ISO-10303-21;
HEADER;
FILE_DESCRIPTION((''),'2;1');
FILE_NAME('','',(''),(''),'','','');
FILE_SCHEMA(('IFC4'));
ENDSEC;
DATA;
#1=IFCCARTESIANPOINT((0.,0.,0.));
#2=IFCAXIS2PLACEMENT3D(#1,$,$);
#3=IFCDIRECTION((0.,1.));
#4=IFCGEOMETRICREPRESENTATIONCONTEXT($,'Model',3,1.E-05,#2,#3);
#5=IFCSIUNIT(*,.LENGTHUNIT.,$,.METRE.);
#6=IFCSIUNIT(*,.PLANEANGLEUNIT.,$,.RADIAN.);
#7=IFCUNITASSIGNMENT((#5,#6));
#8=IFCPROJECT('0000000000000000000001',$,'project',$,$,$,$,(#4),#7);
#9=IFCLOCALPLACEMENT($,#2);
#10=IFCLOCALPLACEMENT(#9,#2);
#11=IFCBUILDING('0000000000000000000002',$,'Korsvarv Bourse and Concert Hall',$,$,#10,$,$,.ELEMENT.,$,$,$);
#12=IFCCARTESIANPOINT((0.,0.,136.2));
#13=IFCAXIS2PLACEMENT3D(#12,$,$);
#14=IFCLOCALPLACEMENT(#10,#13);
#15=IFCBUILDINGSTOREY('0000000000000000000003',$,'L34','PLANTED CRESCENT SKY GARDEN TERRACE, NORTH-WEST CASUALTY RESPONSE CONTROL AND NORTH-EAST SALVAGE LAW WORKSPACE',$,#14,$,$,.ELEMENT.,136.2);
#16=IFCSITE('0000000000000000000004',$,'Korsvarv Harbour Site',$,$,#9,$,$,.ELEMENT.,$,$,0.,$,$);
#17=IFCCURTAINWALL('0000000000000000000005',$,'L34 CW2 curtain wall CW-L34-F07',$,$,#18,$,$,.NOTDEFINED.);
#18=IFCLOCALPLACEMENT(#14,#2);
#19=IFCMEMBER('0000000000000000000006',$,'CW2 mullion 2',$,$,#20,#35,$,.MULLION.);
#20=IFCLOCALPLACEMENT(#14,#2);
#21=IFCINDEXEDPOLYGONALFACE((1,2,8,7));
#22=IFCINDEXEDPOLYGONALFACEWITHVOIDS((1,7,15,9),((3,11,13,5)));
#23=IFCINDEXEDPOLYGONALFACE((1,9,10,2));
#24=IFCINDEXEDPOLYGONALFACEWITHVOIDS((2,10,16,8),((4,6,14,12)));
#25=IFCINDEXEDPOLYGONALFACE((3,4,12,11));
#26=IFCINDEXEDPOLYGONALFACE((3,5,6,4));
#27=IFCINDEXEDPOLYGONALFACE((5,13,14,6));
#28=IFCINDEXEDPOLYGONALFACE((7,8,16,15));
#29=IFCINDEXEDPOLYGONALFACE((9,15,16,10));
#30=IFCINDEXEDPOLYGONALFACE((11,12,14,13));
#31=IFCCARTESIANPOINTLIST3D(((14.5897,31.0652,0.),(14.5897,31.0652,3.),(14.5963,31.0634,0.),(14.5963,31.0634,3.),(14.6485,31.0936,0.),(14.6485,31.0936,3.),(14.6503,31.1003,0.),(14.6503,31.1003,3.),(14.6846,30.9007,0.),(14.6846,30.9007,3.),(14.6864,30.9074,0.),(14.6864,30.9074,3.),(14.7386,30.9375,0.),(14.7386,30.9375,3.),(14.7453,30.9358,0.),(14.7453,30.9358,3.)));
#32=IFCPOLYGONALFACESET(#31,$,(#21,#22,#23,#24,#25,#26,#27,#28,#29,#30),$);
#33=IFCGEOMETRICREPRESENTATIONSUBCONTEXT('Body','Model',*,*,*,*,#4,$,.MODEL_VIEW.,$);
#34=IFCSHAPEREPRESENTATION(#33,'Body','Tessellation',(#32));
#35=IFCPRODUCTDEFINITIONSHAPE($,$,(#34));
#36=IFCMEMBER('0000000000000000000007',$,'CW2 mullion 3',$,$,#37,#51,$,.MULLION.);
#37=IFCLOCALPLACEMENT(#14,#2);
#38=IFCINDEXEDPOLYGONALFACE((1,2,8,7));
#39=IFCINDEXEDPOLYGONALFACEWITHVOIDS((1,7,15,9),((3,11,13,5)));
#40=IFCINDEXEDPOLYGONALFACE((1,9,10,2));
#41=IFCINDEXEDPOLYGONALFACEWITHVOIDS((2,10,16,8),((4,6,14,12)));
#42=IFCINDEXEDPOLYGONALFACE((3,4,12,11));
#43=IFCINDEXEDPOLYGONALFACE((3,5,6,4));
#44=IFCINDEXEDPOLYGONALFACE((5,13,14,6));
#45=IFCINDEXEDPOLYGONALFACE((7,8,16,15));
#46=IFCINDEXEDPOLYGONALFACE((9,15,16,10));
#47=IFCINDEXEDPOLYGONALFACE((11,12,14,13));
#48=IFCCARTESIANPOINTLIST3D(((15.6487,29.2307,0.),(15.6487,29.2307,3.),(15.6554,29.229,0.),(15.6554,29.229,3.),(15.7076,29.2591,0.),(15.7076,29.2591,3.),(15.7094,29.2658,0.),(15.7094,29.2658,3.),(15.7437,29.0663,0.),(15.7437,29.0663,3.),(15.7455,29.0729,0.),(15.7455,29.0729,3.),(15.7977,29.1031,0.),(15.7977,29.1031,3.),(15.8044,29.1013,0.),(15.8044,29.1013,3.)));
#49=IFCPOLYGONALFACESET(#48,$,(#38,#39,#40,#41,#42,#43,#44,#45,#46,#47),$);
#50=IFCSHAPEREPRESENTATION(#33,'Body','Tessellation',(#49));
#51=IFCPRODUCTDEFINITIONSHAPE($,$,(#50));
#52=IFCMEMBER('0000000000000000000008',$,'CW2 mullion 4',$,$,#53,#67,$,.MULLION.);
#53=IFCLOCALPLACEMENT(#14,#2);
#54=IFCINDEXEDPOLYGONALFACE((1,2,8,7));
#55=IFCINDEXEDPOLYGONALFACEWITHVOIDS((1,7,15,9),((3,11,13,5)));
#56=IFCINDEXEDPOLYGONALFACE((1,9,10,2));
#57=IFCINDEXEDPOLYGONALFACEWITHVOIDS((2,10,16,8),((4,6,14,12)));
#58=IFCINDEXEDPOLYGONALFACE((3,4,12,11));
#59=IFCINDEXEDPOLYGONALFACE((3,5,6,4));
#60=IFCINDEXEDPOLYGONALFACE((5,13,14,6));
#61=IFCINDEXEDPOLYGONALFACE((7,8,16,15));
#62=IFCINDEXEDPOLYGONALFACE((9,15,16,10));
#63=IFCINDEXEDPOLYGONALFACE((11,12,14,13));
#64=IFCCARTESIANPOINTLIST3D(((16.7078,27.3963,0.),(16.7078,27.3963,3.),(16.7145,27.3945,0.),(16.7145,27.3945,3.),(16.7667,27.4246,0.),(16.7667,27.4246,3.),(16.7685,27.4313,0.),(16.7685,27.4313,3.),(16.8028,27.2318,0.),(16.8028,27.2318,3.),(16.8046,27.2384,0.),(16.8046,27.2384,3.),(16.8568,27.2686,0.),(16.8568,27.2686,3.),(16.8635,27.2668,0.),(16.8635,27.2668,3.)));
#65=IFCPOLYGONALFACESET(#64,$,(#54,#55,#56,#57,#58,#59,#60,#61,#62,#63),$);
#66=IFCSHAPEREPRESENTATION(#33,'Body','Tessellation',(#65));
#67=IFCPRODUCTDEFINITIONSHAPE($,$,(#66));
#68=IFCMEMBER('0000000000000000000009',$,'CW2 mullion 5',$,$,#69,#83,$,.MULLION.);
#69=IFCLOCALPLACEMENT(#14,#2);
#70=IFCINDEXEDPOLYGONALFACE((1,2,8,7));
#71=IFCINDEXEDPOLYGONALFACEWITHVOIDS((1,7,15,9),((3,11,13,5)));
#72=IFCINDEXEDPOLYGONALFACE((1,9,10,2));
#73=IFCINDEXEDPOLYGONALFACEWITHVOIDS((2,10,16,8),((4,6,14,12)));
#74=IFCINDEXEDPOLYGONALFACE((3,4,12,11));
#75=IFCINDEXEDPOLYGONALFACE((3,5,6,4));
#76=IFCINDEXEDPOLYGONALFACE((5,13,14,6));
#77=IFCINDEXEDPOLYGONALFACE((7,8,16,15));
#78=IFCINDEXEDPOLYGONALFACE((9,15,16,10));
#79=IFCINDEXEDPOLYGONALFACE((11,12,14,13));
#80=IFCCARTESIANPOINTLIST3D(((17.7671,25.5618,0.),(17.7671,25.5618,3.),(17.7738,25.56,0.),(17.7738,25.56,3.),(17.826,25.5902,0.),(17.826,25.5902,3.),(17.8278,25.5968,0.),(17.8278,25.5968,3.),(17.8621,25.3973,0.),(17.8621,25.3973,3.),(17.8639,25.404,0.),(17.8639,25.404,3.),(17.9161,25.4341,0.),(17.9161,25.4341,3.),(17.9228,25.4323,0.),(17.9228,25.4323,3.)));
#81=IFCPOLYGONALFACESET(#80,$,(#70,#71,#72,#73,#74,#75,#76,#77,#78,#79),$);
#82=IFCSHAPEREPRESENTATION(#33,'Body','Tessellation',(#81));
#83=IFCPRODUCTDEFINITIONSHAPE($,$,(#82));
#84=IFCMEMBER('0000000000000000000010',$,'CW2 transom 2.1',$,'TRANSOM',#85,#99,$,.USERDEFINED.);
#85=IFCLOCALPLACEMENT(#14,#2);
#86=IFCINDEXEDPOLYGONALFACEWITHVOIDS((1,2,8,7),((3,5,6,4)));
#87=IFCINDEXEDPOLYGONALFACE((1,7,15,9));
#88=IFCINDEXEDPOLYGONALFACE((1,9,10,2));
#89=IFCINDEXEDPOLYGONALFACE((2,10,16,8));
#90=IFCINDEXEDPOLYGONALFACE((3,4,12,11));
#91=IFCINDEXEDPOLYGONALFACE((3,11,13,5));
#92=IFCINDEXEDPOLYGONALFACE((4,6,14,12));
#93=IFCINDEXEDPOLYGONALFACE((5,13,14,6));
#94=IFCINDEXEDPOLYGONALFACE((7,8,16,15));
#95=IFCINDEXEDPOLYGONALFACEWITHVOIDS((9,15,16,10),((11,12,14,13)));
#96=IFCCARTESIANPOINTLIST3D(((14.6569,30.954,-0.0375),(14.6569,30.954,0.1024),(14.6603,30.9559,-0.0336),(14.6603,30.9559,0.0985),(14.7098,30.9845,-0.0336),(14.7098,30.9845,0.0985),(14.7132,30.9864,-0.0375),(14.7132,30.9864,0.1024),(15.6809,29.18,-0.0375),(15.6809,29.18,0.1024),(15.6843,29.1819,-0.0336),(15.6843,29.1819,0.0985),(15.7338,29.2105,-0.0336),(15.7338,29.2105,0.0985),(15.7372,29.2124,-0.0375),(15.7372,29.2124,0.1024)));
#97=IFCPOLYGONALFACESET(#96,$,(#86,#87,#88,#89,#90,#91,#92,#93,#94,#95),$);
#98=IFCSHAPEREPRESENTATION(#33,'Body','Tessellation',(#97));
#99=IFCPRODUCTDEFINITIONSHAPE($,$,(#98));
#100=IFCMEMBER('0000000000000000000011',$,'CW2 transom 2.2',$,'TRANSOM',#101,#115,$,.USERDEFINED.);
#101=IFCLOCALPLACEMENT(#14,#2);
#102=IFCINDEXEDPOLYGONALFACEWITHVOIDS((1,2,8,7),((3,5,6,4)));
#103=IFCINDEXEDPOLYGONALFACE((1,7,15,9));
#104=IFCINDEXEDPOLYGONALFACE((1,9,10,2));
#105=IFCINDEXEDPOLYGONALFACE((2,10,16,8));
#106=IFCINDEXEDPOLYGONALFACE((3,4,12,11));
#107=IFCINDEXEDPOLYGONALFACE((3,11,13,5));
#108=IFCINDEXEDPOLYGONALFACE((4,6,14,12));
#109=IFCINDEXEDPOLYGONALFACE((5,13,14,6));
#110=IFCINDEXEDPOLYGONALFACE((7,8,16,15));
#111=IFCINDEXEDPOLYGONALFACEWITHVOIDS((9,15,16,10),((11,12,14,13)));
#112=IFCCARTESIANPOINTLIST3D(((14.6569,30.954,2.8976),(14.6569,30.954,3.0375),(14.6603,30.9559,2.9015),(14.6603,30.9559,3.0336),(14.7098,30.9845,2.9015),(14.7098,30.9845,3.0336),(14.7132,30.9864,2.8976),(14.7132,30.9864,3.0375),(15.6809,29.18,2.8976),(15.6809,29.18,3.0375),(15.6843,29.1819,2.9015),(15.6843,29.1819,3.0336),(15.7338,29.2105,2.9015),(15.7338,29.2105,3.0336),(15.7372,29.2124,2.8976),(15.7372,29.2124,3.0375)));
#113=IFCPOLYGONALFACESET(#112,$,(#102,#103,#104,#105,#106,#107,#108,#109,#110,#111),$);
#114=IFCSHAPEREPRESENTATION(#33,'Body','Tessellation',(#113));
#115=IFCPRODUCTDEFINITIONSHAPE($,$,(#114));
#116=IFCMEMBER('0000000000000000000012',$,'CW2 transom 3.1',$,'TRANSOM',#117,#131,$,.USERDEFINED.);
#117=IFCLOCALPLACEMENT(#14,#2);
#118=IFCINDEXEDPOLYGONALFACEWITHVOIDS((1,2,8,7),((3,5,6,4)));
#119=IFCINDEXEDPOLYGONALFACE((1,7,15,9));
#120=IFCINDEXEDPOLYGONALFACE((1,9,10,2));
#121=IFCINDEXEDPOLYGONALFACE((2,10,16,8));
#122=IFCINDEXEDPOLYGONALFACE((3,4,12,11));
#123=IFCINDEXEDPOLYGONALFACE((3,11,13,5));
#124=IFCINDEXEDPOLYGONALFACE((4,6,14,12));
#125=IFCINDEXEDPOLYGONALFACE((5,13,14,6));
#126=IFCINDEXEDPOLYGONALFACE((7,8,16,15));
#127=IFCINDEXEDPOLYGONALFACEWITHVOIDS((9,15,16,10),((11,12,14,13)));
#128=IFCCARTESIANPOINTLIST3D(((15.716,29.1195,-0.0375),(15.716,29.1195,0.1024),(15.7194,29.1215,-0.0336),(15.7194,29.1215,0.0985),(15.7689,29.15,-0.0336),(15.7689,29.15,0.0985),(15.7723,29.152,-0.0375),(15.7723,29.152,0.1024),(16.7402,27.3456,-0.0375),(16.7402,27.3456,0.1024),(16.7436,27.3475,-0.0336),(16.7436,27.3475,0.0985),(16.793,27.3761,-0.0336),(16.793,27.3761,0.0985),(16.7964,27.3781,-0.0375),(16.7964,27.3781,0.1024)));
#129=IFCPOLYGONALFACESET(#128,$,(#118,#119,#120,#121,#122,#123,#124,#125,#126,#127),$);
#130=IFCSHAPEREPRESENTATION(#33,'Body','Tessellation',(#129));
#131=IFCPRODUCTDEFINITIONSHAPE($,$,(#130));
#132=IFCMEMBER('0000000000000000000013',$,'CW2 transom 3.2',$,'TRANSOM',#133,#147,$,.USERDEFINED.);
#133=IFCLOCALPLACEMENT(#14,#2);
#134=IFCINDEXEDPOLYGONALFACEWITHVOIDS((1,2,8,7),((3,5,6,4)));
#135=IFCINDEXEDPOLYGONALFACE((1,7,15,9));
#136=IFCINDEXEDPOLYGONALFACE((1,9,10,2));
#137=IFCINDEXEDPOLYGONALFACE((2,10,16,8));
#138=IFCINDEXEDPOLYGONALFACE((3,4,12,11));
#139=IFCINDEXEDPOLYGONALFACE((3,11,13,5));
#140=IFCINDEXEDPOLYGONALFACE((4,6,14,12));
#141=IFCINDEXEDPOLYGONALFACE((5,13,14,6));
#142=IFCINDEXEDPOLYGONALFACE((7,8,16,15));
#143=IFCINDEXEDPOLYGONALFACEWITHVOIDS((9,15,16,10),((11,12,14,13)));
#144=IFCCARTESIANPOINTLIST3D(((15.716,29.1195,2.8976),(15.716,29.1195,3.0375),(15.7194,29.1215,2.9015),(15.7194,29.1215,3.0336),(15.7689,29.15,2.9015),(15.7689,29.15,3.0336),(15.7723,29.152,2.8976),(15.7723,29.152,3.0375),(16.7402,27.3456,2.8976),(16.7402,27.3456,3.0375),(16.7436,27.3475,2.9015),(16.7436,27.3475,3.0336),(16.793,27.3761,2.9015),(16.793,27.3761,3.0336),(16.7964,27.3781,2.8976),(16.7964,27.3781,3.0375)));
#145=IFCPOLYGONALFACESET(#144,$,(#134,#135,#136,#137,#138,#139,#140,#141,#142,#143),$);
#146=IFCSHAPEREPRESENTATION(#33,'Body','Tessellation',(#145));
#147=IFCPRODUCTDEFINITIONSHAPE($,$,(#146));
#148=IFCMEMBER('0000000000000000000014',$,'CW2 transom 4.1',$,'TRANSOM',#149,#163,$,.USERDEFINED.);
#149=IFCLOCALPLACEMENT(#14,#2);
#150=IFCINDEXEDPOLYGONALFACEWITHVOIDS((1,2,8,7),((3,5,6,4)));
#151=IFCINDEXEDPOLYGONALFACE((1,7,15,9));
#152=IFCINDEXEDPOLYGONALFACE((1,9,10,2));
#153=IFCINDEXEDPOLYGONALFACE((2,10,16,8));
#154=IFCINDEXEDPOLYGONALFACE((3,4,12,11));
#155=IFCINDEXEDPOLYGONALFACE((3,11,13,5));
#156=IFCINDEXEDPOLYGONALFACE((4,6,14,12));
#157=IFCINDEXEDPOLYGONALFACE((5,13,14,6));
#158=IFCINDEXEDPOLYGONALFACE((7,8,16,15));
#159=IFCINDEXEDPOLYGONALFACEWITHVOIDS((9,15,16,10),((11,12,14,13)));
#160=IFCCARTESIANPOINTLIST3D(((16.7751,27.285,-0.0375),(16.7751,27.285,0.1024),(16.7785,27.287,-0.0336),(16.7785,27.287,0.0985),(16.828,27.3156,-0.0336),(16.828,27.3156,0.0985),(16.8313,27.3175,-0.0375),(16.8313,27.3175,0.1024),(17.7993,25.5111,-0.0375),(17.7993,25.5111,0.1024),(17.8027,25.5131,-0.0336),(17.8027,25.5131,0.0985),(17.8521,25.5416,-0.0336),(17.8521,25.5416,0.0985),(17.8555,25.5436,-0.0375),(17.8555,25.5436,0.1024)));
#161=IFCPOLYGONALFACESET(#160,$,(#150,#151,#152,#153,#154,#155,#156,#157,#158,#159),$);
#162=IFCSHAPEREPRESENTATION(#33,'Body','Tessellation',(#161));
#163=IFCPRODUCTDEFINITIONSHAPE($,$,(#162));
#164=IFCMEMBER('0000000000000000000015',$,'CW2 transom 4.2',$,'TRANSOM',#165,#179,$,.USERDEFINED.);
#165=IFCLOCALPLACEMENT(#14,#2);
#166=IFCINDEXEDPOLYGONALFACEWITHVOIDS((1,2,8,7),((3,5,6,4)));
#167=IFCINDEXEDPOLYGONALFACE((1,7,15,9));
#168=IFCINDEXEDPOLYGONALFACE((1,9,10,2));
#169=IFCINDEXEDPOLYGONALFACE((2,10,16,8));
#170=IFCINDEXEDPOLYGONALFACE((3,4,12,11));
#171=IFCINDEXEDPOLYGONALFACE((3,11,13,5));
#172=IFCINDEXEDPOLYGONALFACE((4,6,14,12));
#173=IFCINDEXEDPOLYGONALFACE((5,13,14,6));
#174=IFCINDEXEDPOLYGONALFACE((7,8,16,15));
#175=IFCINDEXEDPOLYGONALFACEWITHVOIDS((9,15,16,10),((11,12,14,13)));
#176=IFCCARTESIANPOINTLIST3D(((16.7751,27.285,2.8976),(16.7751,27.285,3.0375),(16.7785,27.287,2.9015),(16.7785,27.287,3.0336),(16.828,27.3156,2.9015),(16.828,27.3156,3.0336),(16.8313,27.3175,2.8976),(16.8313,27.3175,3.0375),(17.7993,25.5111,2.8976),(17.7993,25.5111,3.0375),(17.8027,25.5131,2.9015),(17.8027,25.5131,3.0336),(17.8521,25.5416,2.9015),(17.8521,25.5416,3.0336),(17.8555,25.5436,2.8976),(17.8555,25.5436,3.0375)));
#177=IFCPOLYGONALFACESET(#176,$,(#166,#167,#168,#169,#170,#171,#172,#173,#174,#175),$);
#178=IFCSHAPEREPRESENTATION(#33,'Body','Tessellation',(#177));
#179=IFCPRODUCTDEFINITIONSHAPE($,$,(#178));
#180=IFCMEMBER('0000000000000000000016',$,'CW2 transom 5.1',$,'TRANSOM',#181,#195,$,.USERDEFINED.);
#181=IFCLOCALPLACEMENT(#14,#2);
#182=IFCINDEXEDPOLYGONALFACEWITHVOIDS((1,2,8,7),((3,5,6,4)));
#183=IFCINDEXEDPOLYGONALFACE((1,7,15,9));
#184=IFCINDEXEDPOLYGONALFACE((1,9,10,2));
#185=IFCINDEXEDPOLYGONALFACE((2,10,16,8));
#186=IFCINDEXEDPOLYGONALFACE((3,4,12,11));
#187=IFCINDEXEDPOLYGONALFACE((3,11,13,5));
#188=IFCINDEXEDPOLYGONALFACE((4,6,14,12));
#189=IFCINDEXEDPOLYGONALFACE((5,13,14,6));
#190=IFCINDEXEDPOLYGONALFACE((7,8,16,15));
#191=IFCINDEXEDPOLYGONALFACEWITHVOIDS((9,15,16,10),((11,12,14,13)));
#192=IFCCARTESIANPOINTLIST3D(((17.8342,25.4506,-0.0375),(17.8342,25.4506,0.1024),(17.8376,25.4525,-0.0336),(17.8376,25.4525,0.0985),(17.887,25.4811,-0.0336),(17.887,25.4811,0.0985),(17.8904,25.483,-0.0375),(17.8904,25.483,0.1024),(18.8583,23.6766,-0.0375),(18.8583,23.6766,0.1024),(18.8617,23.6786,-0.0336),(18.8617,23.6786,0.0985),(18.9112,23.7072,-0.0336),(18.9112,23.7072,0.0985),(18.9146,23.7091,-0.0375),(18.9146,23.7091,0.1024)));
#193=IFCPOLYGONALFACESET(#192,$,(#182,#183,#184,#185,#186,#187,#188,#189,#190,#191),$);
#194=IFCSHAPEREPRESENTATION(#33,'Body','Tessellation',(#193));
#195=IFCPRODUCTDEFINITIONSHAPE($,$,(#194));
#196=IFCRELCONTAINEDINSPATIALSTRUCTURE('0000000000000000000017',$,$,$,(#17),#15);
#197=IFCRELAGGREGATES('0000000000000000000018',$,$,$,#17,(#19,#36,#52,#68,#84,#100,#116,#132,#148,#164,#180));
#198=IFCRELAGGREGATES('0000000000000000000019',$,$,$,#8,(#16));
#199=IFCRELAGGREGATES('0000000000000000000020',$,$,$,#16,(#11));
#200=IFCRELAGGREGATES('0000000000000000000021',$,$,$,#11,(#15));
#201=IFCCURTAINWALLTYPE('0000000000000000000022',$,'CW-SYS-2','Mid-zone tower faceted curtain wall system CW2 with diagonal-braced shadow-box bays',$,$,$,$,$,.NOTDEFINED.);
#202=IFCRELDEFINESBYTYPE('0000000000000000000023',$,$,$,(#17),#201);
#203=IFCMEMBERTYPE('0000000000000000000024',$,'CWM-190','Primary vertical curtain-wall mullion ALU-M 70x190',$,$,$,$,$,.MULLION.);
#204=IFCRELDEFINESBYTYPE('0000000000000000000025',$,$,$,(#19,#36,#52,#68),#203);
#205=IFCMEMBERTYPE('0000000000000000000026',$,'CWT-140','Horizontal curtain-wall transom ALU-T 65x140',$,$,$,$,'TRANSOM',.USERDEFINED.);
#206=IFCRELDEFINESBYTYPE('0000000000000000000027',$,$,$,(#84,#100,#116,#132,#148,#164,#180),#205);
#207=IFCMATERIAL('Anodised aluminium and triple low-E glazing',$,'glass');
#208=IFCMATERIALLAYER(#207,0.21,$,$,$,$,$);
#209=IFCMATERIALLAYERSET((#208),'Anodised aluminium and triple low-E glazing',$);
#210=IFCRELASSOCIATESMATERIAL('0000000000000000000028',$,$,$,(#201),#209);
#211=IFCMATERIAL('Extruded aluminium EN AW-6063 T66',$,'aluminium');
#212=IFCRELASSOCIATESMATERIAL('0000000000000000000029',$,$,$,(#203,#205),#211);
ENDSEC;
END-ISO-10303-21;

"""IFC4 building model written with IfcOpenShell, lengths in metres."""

from ifc_helpers import new_model, si_unit, direction, frame, origin, origin_2d, place, context, subcontext, project, spatial, hollow_rectangle, extrude, source, transform, mapped, material, layer, layer_set, material_profile, profile_set, type_object, element, aggregate, save


model = new_model("IFC4")

# Units and contexts
model_context = context("Model", 3, precision=1e-05, world=origin(), true_north=direction((0.0, 1.0)))
body_context = subcontext(model_context, "Body", "Model", "MODEL_VIEW")
ifc_project = project(units=[si_unit("LENGTHUNIT", "METRE"), si_unit("PLANEANGLEUNIT", "RADIAN")], contexts=[model_context])

# Site, building, storey
site_placement = place(None, origin())
site = spatial("IfcSite", under=ifc_project, at=site_placement, Name="Korsvarv Harbour Site", CompositionType="ELEMENT", RefElevation=0.0)
building_placement = place(site_placement, origin())
building = spatial("IfcBuilding", under=site, at=building_placement, Name="Korsvarv Bourse and Concert Hall", CompositionType="ELEMENT")
storey_placement = place(building_placement, frame((0.0, 0.0, 136.2)))
storey = spatial("IfcBuildingStorey", under=building, at=storey_placement, Name="L34", Description="PLANTED CRESCENT SKY GARDEN TERRACE, NORTH-WEST CASUALTY RESPONSE CONTROL AND NORTH-EAST SALVAGE LAW WORKSPACE", CompositionType="ELEMENT", Elevation=136.2)

# Curtain wall, members
ifc_material_1 = material(Name="Anodised aluminium and triple low-E glazing", Category="glass")
ifc_layer_1 = layer(ifc_material_1, 0.21)
ifc_layer_set_1 = layer_set([ifc_layer_1], Name="Anodised aluminium and triple low-E glazing")
curtain_wall_type = type_object("IfcCurtainWallType", Name="CW-SYS-2", Description="Mid-zone tower faceted curtain wall system CW2 with diagonal-braced shadow-box bays", PredefinedType="NOTDEFINED", material=ifc_layer_set_1)
curtain_wall_placement = place(storey_placement, origin())
curtain_wall = element("IfcCurtainWall", 1, at=curtain_wall_placement, inside=storey, type_object=curtain_wall_type, Name="L34 CW2 curtain wall CW-L34-F07", PredefinedType="NOTDEFINED")
ifc_material_2 = material(Name="Extruded aluminium EN AW-6063 T66", Category="aluminium")
ifc_material_profile_1 = material_profile(ifc_material_2, hollow_rectangle(XDim=0.0701, YDim=0.1899, WallThickness=0.0049, at=origin_2d()), Name="ALU-M 70x190")
ifc_profile_set_1 = profile_set([ifc_material_profile_1], Name="Extruded aluminium EN AW-6063 T66")
member_type_1 = type_object("IfcMemberType", Name="CWM-190", Description="Primary vertical curtain-wall mullion ALU-M 70x190", PredefinedType="MULLION", material=ifc_profile_set_1)
shared_shape_1 = source(origin(), body_context, "Body", "SweptSolid", [
    extrude(hollow_rectangle(XDim=0.0701, YDim=0.1899, WallThickness=0.0049, at=origin_2d()), origin(), (0.0, 0.0, 1.0), 3.0),
])
member_1_placement = place(storey_placement, frame((14.6675, 31.0005, 0.0), z_axis=(0.0, 0.0, 1.0), x_axis=(0.866025, 0.5, 0.0)))
member_1 = element("IfcMember", 2, at=member_1_placement, type_object=member_type_1, Name="CW2 mullion 2", PredefinedType="MULLION", context=body_context, shape_type="MappedRepresentation", body=[
    mapped(shared_shape_1, transform((0.0, 0.0, 0.0), scale=1.0)),
])
member_2_placement = place(storey_placement, frame((15.7266, 29.166, 0.0), z_axis=(0.0, 0.0, 1.0), x_axis=(0.866025, 0.5, 0.0)))
member_2 = element("IfcMember", 3, at=member_2_placement, type_object=member_type_1, Name="CW2 mullion 3", PredefinedType="MULLION", context=body_context, shape_type="MappedRepresentation", body=[
    mapped(shared_shape_1, transform((0.0, 0.0, 0.0), scale=1.0)),
])
member_3_placement = place(storey_placement, frame((16.7856, 27.3315, 0.0), z_axis=(0.0, 0.0, 1.0), x_axis=(0.866025, 0.5, 0.0)))
member_3 = element("IfcMember", 4, at=member_3_placement, type_object=member_type_1, Name="CW2 mullion 4", PredefinedType="MULLION", context=body_context, shape_type="MappedRepresentation", body=[
    mapped(shared_shape_1, transform((0.0, 0.0, 0.0), scale=1.0)),
])
member_4_placement = place(storey_placement, frame((17.845, 25.4971, 0.0), z_axis=(0.0, 0.0, 1.0), x_axis=(0.866025, 0.5, 0.0)))
member_4 = element("IfcMember", 5, at=member_4_placement, type_object=member_type_1, Name="CW2 mullion 5", PredefinedType="MULLION", context=body_context, shape_type="MappedRepresentation", body=[
    mapped(shared_shape_1, transform((0.0, 0.0, 0.0), scale=1.0)),
])
ifc_material_profile_2 = material_profile(ifc_material_2, hollow_rectangle(XDim=0.0649, YDim=0.1399, WallThickness=0.0039, at=origin_2d()), Name="ALU-T 65x140")
ifc_profile_set_2 = profile_set([ifc_material_profile_2], Name="Extruded aluminium EN AW-6063 T66")
member_type_2 = type_object("IfcMemberType", Name="CWT-140", Description="Horizontal curtain-wall transom ALU-T 65x140", ElementType="TRANSOM", PredefinedType="USERDEFINED", material=ifc_profile_set_2)
shared_shape_2 = source(origin(), body_context, "Body", "SweptSolid", [
    extrude(hollow_rectangle(XDim=0.0649, YDim=0.1399, WallThickness=0.0039, at=origin_2d()), origin(), (0.0, 0.0, 1.0), 2.0483),
])
member_5_placement = place(storey_placement, frame((14.6851, 30.9702, 0.0325), z_axis=(0.499908, -0.866078, 0.0), x_axis=(0.866078, 0.499908, 0.0)))
member_5 = element("IfcMember", 6, at=member_5_placement, type_object=member_type_2, Name="CW2 transom 2.1", ObjectType="TRANSOM", PredefinedType="USERDEFINED", context=body_context, shape_type="MappedRepresentation", body=[
    mapped(shared_shape_2, transform((0.0, 0.0, 0.0), scale=1.0)),
])
member_6_placement = place(storey_placement, frame((14.6851, 30.9702, 2.9675), z_axis=(0.499908, -0.866078, 0.0), x_axis=(0.866078, 0.499908, 0.0)))
member_6 = element("IfcMember", 7, at=member_6_placement, type_object=member_type_2, Name="CW2 transom 2.2", ObjectType="TRANSOM", PredefinedType="USERDEFINED", context=body_context, shape_type="MappedRepresentation", body=[
    mapped(shared_shape_2, transform((0.0, 0.0, 0.0), scale=1.0)),
])
member_7_placement = place(storey_placement, frame((15.7441, 29.1357, 0.0325), z_axis=(0.499998, -0.866027, 0.0), x_axis=(0.866027, 0.499998, 0.0)))
member_7 = element("IfcMember", 8, at=member_7_placement, type_object=member_type_2, Name="CW2 transom 3.1", ObjectType="TRANSOM", PredefinedType="USERDEFINED", context=body_context, shape_type="MappedRepresentation", body=[
    mapped(shared_shape_2, transform((0.0, 0.0, 0.0), scale=1.0)),
])
member_8_placement = place(storey_placement, frame((15.7441, 29.1357, 2.9675), z_axis=(0.499998, -0.866027, 0.0), x_axis=(0.866027, 0.499998, 0.0)))
member_8 = element("IfcMember", 9, at=member_8_placement, type_object=member_type_2, Name="CW2 transom 3.2", ObjectType="TRANSOM", PredefinedType="USERDEFINED", context=body_context, shape_type="MappedRepresentation", body=[
    mapped(shared_shape_2, transform((0.0, 0.0, 0.0), scale=1.0)),
])
member_9_placement = place(storey_placement, frame((16.8032, 27.3013, 0.0325), z_axis=(0.499998, -0.866027, 0.0), x_axis=(0.866027, 0.499998, 0.0)))
member_9 = element("IfcMember", 10, at=member_9_placement, type_object=member_type_2, Name="CW2 transom 4.1", ObjectType="TRANSOM", PredefinedType="USERDEFINED", context=body_context, shape_type="MappedRepresentation", body=[
    mapped(shared_shape_2, transform((0.0, 0.0, 0.0), scale=1.0)),
])
member_10_placement = place(storey_placement, frame((16.8032, 27.3013, 2.9675), z_axis=(0.499998, -0.866027, 0.0), x_axis=(0.866027, 0.499998, 0.0)))
member_10 = element("IfcMember", 11, at=member_10_placement, type_object=member_type_2, Name="CW2 transom 4.2", ObjectType="TRANSOM", PredefinedType="USERDEFINED", context=body_context, shape_type="MappedRepresentation", body=[
    mapped(shared_shape_2, transform((0.0, 0.0, 0.0), scale=1.0)),
])
member_11_placement = place(storey_placement, frame((17.8623, 25.4668, 0.0325), z_axis=(0.499998, -0.866027, 0.0), x_axis=(0.866027, 0.499998, 0.0)))
member_11 = element("IfcMember", 12, at=member_11_placement, type_object=member_type_2, Name="CW2 transom 5.1", ObjectType="TRANSOM", PredefinedType="USERDEFINED", context=body_context, shape_type="MappedRepresentation", body=[
    mapped(shared_shape_2, transform((0.0, 0.0, 0.0), scale=1.0)),
])

aggregate(curtain_wall, [member_1, member_2, member_3, member_4, member_5, member_6, member_7, member_8, member_9, member_10, member_11])

save(model, "model.ifc")
